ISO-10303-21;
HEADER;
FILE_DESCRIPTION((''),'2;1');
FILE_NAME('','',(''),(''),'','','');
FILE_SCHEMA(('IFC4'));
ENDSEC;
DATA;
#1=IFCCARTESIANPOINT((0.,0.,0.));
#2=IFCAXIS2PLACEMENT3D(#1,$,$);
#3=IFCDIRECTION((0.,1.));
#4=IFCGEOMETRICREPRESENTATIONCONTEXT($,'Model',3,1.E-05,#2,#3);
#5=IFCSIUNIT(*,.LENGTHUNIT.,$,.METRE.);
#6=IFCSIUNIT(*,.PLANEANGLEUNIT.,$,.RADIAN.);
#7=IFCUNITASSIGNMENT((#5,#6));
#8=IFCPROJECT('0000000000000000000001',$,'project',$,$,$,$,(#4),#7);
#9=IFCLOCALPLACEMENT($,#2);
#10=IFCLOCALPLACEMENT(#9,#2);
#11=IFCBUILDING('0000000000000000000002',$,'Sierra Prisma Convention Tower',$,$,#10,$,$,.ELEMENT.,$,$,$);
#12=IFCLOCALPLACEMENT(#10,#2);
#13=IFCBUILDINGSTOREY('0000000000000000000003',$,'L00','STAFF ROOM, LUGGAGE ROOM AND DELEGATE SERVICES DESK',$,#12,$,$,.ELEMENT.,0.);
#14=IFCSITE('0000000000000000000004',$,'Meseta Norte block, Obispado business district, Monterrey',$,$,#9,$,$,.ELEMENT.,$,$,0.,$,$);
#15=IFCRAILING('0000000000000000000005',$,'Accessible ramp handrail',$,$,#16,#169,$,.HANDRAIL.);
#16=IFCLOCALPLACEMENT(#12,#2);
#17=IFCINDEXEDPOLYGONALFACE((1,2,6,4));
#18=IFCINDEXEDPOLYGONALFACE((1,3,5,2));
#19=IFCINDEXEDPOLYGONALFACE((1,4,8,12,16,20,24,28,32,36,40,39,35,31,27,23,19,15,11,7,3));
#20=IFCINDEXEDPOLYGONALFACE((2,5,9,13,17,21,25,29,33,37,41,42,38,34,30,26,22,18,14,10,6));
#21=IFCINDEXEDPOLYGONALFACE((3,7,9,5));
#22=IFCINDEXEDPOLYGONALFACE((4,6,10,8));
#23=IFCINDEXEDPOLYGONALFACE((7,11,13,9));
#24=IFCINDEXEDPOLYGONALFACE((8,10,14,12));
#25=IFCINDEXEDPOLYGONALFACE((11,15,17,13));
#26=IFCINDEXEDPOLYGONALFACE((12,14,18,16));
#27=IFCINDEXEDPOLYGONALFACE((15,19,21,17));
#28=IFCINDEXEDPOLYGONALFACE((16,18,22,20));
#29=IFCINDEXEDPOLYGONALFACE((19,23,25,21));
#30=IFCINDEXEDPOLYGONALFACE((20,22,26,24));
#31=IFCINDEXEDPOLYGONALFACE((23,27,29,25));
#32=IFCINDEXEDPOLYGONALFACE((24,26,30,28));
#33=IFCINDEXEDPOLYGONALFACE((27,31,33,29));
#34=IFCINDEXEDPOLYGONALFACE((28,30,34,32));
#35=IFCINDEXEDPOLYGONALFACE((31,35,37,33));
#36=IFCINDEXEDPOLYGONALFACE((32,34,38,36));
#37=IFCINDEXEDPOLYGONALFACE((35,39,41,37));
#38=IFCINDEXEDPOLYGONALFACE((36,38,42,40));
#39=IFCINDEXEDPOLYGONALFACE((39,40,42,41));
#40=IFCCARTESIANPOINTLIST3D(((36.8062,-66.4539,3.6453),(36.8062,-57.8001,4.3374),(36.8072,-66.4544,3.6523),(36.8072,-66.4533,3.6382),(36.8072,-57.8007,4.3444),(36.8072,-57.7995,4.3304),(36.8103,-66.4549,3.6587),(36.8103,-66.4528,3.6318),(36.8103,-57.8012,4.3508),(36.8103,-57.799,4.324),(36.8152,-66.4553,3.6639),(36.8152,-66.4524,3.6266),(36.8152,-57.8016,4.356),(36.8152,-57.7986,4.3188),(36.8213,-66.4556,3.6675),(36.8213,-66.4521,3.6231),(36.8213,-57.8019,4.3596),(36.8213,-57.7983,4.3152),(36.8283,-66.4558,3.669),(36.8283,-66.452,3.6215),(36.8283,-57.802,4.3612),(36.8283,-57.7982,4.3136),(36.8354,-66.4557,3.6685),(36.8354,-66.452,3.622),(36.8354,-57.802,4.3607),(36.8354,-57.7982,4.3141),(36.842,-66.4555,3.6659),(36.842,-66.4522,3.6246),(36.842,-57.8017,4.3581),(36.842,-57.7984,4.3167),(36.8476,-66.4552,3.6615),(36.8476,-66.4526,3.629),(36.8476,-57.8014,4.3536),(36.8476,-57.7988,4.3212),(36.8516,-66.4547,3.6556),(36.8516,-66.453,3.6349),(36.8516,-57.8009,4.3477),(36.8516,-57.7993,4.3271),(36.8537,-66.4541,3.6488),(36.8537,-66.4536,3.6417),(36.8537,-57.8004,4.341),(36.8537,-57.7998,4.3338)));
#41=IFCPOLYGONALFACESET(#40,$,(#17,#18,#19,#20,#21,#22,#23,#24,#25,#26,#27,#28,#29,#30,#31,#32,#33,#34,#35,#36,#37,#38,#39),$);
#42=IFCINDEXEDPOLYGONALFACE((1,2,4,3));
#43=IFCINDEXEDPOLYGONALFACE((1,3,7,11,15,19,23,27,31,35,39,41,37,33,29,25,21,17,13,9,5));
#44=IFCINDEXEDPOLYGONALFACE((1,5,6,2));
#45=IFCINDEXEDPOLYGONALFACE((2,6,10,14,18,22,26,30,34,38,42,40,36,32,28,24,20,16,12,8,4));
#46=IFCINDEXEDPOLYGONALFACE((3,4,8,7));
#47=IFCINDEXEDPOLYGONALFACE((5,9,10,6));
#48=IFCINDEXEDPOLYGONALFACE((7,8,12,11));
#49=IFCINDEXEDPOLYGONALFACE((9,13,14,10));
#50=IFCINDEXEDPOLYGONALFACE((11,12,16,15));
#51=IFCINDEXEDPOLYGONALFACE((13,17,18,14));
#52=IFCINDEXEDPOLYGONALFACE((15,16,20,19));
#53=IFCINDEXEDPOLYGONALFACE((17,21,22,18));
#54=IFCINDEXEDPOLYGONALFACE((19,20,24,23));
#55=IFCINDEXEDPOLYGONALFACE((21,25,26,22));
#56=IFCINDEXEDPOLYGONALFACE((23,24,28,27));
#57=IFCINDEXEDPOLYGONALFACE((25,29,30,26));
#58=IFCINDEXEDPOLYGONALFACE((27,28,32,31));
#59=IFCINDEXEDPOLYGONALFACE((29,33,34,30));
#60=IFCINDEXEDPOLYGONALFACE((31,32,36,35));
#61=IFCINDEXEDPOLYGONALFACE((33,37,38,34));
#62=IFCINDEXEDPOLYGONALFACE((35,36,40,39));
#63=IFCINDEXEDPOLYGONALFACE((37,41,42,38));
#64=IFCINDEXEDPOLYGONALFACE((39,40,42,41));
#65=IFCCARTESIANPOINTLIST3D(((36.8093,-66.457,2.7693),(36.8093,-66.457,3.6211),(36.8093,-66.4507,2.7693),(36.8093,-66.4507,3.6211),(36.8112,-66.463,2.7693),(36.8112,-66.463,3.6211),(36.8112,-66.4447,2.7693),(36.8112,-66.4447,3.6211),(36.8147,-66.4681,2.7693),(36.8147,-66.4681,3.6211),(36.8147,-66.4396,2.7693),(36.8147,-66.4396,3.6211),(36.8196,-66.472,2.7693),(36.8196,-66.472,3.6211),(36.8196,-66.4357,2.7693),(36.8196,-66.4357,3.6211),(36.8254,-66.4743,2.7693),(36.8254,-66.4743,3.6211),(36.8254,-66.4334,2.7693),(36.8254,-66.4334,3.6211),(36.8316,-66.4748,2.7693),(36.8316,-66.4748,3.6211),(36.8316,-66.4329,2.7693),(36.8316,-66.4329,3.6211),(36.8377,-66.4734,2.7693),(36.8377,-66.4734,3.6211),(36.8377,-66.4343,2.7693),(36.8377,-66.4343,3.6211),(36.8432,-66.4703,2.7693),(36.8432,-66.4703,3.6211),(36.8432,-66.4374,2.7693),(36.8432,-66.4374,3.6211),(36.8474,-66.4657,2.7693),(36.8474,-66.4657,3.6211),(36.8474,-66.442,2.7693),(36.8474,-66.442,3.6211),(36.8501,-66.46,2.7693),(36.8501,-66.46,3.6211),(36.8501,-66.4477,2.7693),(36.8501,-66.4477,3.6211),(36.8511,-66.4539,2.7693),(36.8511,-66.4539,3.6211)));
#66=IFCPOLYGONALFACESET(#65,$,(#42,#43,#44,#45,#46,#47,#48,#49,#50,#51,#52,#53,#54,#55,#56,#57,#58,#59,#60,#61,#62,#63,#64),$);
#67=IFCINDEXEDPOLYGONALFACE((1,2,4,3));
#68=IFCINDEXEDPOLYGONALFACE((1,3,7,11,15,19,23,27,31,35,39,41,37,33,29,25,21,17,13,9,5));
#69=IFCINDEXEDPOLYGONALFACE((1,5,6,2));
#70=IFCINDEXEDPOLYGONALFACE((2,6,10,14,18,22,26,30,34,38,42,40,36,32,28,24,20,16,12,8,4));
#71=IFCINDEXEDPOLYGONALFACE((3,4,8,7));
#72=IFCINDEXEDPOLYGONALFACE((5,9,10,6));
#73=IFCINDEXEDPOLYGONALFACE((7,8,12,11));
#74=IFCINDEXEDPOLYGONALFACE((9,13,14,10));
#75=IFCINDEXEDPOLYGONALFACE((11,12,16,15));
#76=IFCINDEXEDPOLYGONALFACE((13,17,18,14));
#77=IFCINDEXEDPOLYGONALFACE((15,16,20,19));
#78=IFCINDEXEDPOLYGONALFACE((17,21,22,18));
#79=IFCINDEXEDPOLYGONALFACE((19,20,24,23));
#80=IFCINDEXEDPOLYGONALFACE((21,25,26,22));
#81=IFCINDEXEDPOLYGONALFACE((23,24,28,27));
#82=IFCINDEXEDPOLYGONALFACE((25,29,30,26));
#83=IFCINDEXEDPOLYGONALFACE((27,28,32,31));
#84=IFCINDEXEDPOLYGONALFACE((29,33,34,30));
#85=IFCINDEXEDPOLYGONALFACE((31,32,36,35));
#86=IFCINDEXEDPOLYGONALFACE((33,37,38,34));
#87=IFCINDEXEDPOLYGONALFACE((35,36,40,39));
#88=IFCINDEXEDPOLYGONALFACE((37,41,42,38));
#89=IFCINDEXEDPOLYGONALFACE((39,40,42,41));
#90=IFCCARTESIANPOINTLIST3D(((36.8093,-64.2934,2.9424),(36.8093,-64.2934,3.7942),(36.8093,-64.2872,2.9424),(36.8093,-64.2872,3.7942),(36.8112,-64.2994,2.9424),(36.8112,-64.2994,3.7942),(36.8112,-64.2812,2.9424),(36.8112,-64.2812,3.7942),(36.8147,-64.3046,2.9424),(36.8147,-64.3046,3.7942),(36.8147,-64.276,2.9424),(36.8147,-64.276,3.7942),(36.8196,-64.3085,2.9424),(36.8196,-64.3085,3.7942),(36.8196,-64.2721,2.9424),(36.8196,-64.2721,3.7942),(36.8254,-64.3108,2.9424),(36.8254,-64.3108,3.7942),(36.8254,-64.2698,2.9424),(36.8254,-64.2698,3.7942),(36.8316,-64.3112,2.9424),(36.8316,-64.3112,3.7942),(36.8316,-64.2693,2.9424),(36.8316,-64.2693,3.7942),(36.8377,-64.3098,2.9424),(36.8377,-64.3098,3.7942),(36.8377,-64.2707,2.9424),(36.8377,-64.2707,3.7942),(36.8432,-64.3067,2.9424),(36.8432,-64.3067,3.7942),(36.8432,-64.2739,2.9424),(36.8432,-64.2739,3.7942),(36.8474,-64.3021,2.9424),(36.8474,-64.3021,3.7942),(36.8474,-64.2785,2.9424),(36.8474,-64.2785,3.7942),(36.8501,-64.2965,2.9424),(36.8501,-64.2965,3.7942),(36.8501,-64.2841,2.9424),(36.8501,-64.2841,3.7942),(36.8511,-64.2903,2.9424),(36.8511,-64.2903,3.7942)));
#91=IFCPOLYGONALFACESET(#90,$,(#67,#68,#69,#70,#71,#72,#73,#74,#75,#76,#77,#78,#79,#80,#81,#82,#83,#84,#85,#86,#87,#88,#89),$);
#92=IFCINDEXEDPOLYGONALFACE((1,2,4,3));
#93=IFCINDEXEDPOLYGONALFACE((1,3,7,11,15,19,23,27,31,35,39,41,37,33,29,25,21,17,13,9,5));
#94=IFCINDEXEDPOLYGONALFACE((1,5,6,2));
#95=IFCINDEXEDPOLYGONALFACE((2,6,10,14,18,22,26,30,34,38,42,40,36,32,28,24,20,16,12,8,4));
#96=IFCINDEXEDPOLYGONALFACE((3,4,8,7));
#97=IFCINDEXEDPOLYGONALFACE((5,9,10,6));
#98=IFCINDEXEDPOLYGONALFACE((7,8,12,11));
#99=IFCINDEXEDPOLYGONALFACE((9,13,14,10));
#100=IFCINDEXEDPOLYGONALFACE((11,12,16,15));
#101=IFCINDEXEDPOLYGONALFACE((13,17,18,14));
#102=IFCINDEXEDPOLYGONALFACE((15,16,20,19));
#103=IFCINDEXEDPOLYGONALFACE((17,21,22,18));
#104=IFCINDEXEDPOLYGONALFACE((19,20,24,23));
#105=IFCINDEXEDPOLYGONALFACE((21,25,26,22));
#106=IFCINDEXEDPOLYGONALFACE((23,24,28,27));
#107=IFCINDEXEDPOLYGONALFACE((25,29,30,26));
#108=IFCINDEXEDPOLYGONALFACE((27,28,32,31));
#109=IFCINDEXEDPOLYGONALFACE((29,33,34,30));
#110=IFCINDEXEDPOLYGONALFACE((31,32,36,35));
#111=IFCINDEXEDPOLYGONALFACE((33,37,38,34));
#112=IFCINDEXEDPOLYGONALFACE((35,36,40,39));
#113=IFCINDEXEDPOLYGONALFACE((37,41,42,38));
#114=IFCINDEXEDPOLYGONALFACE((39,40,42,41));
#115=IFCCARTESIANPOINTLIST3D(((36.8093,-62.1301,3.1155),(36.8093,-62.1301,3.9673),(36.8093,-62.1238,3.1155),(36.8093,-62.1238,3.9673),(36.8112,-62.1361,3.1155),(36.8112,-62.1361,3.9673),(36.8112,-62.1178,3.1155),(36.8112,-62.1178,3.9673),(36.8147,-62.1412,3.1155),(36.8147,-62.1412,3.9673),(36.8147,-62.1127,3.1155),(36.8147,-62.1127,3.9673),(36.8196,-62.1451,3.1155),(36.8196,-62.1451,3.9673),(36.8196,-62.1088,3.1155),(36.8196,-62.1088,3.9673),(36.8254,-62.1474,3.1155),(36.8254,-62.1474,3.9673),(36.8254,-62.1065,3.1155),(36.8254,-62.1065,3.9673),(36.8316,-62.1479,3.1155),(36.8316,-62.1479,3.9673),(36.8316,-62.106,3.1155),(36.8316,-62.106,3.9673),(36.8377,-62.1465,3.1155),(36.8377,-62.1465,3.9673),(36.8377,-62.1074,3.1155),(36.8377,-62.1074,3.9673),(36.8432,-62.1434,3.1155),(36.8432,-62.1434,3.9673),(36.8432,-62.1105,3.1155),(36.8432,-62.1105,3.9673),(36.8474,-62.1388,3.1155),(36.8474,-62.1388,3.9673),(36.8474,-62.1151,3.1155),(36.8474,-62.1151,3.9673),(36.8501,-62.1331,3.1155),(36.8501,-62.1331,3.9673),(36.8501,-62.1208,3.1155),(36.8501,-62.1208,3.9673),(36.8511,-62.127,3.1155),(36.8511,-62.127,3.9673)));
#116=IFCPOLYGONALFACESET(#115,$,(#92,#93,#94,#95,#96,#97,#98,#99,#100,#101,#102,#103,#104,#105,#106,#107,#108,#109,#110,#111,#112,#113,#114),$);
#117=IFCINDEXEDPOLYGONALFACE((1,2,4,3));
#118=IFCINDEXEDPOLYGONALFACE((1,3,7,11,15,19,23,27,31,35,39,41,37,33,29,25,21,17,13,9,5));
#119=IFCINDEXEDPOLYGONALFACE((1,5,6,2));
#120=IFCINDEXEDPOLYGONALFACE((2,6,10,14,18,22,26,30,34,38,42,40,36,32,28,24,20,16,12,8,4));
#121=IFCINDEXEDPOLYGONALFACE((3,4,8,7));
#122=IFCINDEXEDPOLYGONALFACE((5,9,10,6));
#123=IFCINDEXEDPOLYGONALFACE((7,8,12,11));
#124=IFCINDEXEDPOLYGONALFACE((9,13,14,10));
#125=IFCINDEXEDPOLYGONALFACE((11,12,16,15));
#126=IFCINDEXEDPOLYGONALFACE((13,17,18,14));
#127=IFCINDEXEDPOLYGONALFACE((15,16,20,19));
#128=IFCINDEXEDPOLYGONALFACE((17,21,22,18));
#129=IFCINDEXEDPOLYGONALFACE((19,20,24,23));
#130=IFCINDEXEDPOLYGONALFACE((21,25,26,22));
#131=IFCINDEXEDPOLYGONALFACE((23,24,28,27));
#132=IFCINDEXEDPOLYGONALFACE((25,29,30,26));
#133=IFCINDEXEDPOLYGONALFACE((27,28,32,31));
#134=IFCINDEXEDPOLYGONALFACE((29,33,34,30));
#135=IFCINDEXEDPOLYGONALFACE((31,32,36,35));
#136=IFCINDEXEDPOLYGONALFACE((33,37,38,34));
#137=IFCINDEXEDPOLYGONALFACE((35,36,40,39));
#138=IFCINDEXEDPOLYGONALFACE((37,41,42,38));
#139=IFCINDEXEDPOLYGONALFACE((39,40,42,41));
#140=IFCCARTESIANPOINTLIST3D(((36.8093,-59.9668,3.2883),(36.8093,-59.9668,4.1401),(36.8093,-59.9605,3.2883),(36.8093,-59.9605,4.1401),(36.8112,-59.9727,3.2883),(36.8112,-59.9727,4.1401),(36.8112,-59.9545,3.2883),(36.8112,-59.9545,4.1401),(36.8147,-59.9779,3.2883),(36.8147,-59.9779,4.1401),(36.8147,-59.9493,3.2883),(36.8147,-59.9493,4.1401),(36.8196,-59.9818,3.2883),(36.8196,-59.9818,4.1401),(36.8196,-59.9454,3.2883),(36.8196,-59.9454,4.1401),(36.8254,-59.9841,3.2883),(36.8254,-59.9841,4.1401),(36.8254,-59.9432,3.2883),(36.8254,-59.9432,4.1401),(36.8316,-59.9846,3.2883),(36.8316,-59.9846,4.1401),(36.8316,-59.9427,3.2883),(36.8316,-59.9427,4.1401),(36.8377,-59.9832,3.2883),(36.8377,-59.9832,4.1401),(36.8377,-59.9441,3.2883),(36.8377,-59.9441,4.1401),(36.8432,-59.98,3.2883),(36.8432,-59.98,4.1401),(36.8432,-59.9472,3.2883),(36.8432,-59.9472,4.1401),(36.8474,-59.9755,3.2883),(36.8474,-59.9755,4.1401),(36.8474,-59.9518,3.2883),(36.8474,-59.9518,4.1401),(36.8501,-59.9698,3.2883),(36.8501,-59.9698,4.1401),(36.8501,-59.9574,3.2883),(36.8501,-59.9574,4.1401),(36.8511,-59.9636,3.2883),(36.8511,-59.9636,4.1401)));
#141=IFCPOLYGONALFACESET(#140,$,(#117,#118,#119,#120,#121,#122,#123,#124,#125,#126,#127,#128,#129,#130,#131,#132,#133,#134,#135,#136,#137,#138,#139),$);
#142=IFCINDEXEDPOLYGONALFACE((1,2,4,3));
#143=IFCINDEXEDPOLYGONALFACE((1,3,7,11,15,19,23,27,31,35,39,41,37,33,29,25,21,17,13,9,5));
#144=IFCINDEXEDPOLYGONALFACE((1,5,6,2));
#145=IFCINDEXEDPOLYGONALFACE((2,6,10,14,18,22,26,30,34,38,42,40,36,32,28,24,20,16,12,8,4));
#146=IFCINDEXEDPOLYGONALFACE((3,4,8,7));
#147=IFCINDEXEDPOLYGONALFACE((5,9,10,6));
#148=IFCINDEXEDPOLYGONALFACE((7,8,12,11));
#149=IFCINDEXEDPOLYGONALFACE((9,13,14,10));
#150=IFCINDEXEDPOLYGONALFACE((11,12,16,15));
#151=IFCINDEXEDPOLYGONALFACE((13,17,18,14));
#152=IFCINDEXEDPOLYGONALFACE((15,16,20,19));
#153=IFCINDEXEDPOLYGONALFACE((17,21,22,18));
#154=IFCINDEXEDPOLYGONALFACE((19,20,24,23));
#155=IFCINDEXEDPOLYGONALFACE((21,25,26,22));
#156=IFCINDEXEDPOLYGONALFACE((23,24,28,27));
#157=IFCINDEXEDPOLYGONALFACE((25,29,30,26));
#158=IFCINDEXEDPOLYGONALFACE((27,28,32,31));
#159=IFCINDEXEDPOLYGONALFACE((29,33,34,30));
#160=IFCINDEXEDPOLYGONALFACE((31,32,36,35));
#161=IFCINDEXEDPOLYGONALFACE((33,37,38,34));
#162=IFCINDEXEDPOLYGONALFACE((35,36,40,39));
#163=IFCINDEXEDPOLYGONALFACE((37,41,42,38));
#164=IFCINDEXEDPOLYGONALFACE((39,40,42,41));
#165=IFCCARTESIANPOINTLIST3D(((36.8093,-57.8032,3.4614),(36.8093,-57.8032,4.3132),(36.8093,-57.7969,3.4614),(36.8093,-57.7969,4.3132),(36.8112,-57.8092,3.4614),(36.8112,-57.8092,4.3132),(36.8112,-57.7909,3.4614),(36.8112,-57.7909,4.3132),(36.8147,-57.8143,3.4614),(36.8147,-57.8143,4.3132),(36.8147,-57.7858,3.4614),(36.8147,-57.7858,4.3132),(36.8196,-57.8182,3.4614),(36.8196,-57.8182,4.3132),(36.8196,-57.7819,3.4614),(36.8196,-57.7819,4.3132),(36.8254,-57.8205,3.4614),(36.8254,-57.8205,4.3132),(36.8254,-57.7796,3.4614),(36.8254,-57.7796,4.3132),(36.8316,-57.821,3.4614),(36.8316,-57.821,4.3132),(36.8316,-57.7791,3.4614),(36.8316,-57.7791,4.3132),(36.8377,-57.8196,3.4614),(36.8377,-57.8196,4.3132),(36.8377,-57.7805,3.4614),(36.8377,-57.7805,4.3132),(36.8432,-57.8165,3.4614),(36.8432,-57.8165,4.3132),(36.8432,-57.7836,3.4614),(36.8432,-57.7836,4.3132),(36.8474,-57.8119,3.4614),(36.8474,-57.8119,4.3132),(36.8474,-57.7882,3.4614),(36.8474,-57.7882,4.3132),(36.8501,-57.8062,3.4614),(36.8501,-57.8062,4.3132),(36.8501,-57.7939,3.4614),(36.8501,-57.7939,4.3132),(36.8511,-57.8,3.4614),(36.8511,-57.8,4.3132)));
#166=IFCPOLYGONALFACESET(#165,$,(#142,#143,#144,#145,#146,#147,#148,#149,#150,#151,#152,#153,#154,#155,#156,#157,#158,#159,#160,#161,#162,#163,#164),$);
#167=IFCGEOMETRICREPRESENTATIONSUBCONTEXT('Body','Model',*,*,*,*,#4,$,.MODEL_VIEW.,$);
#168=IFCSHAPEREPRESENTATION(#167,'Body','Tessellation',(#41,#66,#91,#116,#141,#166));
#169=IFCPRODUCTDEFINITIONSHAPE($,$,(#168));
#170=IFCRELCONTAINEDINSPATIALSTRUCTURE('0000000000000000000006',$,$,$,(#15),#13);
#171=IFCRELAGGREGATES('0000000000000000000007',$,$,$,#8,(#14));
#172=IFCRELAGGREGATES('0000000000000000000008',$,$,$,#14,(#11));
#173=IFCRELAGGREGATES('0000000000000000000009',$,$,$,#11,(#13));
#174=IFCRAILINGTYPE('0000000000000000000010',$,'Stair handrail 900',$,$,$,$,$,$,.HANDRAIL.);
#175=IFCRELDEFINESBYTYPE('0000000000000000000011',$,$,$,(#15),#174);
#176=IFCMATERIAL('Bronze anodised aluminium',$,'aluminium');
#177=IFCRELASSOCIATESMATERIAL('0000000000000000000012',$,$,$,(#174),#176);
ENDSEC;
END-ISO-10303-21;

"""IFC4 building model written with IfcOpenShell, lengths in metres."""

from ifc_helpers import new_model, si_unit, direction, frame, origin, origin_2d, place, context, subcontext, project, spatial, circle, extrude, material, type_object, element, save


model = new_model("IFC4")

# Units and contexts
model_context = context("Model", 3, precision=1e-05, world=origin(), true_north=direction((0.0, 1.0)))
body_context = subcontext(model_context, "Body", "Model", "MODEL_VIEW")
ifc_project = project(units=[si_unit("LENGTHUNIT", "METRE"), si_unit("PLANEANGLEUNIT", "RADIAN")], contexts=[model_context])

# Site, building, storey
site_placement = place(None, origin())
site = spatial("IfcSite", under=ifc_project, at=site_placement, Name="Meseta Norte block, Obispado business district, Monterrey", CompositionType="ELEMENT", RefElevation=0.0)
building_placement = place(site_placement, origin())
building = spatial("IfcBuilding", under=site, at=building_placement, Name="Sierra Prisma Convention Tower", CompositionType="ELEMENT")
storey_placement = place(building_placement, origin())
storey = spatial("IfcBuildingStorey", under=building, at=storey_placement, Name="L00", Description="STAFF ROOM, LUGGAGE ROOM AND DELEGATE SERVICES DESK", CompositionType="ELEMENT", Elevation=0.0)

# Railing
ifc_material_1 = material(Name="Bronze anodised aluminium", Category="aluminium")
railing_type_1 = type_object("IfcRailingType", Name="Stair handrail 900", PredefinedType="HANDRAIL", material=ifc_material_1)
for number, where, name in (
    (1, (36.8301, -66.4539, 2.7693), "Accessible ramp handrail"),
):
    element("IfcRailing", number, at=place(storey_placement, frame(where)), inside=storey, type_object=railing_type_1, Name=name, PredefinedType="HANDRAIL", context=body_context, shape_type="SweptSolid", body=[
        extrude(circle(Radius=0.0239, at=origin_2d()), frame((0.0, 0.0, 0.876), z_axis=(0.0, 0.996817, 0.079726), x_axis=(-1.0, 0.0, 0.0)), (0.0, 0.0, 1.0), 8.6814),
        extrude(circle(Radius=0.021, at=origin_2d()), origin(), (0.0, 0.0, 1.0), 0.8518),
        extrude(circle(Radius=0.021, at=origin_2d()), frame((0.0, 2.1636, 0.1731)), (0.0, 0.0, 1.0), 0.8518),
        extrude(circle(Radius=0.021, at=origin_2d()), frame((0.0, 4.3269, 0.3462)), (0.0, 0.0, 1.0), 0.8518),
        extrude(circle(Radius=0.021, at=origin_2d()), frame((0.0, 6.4902, 0.519)), (0.0, 0.0, 1.0), 0.8518),
        extrude(circle(Radius=0.021, at=origin_2d()), frame((0.0, 8.6538, 0.6921)), (0.0, 0.0, 1.0), 0.8518),
    ])

save(model, "model.ifc")
